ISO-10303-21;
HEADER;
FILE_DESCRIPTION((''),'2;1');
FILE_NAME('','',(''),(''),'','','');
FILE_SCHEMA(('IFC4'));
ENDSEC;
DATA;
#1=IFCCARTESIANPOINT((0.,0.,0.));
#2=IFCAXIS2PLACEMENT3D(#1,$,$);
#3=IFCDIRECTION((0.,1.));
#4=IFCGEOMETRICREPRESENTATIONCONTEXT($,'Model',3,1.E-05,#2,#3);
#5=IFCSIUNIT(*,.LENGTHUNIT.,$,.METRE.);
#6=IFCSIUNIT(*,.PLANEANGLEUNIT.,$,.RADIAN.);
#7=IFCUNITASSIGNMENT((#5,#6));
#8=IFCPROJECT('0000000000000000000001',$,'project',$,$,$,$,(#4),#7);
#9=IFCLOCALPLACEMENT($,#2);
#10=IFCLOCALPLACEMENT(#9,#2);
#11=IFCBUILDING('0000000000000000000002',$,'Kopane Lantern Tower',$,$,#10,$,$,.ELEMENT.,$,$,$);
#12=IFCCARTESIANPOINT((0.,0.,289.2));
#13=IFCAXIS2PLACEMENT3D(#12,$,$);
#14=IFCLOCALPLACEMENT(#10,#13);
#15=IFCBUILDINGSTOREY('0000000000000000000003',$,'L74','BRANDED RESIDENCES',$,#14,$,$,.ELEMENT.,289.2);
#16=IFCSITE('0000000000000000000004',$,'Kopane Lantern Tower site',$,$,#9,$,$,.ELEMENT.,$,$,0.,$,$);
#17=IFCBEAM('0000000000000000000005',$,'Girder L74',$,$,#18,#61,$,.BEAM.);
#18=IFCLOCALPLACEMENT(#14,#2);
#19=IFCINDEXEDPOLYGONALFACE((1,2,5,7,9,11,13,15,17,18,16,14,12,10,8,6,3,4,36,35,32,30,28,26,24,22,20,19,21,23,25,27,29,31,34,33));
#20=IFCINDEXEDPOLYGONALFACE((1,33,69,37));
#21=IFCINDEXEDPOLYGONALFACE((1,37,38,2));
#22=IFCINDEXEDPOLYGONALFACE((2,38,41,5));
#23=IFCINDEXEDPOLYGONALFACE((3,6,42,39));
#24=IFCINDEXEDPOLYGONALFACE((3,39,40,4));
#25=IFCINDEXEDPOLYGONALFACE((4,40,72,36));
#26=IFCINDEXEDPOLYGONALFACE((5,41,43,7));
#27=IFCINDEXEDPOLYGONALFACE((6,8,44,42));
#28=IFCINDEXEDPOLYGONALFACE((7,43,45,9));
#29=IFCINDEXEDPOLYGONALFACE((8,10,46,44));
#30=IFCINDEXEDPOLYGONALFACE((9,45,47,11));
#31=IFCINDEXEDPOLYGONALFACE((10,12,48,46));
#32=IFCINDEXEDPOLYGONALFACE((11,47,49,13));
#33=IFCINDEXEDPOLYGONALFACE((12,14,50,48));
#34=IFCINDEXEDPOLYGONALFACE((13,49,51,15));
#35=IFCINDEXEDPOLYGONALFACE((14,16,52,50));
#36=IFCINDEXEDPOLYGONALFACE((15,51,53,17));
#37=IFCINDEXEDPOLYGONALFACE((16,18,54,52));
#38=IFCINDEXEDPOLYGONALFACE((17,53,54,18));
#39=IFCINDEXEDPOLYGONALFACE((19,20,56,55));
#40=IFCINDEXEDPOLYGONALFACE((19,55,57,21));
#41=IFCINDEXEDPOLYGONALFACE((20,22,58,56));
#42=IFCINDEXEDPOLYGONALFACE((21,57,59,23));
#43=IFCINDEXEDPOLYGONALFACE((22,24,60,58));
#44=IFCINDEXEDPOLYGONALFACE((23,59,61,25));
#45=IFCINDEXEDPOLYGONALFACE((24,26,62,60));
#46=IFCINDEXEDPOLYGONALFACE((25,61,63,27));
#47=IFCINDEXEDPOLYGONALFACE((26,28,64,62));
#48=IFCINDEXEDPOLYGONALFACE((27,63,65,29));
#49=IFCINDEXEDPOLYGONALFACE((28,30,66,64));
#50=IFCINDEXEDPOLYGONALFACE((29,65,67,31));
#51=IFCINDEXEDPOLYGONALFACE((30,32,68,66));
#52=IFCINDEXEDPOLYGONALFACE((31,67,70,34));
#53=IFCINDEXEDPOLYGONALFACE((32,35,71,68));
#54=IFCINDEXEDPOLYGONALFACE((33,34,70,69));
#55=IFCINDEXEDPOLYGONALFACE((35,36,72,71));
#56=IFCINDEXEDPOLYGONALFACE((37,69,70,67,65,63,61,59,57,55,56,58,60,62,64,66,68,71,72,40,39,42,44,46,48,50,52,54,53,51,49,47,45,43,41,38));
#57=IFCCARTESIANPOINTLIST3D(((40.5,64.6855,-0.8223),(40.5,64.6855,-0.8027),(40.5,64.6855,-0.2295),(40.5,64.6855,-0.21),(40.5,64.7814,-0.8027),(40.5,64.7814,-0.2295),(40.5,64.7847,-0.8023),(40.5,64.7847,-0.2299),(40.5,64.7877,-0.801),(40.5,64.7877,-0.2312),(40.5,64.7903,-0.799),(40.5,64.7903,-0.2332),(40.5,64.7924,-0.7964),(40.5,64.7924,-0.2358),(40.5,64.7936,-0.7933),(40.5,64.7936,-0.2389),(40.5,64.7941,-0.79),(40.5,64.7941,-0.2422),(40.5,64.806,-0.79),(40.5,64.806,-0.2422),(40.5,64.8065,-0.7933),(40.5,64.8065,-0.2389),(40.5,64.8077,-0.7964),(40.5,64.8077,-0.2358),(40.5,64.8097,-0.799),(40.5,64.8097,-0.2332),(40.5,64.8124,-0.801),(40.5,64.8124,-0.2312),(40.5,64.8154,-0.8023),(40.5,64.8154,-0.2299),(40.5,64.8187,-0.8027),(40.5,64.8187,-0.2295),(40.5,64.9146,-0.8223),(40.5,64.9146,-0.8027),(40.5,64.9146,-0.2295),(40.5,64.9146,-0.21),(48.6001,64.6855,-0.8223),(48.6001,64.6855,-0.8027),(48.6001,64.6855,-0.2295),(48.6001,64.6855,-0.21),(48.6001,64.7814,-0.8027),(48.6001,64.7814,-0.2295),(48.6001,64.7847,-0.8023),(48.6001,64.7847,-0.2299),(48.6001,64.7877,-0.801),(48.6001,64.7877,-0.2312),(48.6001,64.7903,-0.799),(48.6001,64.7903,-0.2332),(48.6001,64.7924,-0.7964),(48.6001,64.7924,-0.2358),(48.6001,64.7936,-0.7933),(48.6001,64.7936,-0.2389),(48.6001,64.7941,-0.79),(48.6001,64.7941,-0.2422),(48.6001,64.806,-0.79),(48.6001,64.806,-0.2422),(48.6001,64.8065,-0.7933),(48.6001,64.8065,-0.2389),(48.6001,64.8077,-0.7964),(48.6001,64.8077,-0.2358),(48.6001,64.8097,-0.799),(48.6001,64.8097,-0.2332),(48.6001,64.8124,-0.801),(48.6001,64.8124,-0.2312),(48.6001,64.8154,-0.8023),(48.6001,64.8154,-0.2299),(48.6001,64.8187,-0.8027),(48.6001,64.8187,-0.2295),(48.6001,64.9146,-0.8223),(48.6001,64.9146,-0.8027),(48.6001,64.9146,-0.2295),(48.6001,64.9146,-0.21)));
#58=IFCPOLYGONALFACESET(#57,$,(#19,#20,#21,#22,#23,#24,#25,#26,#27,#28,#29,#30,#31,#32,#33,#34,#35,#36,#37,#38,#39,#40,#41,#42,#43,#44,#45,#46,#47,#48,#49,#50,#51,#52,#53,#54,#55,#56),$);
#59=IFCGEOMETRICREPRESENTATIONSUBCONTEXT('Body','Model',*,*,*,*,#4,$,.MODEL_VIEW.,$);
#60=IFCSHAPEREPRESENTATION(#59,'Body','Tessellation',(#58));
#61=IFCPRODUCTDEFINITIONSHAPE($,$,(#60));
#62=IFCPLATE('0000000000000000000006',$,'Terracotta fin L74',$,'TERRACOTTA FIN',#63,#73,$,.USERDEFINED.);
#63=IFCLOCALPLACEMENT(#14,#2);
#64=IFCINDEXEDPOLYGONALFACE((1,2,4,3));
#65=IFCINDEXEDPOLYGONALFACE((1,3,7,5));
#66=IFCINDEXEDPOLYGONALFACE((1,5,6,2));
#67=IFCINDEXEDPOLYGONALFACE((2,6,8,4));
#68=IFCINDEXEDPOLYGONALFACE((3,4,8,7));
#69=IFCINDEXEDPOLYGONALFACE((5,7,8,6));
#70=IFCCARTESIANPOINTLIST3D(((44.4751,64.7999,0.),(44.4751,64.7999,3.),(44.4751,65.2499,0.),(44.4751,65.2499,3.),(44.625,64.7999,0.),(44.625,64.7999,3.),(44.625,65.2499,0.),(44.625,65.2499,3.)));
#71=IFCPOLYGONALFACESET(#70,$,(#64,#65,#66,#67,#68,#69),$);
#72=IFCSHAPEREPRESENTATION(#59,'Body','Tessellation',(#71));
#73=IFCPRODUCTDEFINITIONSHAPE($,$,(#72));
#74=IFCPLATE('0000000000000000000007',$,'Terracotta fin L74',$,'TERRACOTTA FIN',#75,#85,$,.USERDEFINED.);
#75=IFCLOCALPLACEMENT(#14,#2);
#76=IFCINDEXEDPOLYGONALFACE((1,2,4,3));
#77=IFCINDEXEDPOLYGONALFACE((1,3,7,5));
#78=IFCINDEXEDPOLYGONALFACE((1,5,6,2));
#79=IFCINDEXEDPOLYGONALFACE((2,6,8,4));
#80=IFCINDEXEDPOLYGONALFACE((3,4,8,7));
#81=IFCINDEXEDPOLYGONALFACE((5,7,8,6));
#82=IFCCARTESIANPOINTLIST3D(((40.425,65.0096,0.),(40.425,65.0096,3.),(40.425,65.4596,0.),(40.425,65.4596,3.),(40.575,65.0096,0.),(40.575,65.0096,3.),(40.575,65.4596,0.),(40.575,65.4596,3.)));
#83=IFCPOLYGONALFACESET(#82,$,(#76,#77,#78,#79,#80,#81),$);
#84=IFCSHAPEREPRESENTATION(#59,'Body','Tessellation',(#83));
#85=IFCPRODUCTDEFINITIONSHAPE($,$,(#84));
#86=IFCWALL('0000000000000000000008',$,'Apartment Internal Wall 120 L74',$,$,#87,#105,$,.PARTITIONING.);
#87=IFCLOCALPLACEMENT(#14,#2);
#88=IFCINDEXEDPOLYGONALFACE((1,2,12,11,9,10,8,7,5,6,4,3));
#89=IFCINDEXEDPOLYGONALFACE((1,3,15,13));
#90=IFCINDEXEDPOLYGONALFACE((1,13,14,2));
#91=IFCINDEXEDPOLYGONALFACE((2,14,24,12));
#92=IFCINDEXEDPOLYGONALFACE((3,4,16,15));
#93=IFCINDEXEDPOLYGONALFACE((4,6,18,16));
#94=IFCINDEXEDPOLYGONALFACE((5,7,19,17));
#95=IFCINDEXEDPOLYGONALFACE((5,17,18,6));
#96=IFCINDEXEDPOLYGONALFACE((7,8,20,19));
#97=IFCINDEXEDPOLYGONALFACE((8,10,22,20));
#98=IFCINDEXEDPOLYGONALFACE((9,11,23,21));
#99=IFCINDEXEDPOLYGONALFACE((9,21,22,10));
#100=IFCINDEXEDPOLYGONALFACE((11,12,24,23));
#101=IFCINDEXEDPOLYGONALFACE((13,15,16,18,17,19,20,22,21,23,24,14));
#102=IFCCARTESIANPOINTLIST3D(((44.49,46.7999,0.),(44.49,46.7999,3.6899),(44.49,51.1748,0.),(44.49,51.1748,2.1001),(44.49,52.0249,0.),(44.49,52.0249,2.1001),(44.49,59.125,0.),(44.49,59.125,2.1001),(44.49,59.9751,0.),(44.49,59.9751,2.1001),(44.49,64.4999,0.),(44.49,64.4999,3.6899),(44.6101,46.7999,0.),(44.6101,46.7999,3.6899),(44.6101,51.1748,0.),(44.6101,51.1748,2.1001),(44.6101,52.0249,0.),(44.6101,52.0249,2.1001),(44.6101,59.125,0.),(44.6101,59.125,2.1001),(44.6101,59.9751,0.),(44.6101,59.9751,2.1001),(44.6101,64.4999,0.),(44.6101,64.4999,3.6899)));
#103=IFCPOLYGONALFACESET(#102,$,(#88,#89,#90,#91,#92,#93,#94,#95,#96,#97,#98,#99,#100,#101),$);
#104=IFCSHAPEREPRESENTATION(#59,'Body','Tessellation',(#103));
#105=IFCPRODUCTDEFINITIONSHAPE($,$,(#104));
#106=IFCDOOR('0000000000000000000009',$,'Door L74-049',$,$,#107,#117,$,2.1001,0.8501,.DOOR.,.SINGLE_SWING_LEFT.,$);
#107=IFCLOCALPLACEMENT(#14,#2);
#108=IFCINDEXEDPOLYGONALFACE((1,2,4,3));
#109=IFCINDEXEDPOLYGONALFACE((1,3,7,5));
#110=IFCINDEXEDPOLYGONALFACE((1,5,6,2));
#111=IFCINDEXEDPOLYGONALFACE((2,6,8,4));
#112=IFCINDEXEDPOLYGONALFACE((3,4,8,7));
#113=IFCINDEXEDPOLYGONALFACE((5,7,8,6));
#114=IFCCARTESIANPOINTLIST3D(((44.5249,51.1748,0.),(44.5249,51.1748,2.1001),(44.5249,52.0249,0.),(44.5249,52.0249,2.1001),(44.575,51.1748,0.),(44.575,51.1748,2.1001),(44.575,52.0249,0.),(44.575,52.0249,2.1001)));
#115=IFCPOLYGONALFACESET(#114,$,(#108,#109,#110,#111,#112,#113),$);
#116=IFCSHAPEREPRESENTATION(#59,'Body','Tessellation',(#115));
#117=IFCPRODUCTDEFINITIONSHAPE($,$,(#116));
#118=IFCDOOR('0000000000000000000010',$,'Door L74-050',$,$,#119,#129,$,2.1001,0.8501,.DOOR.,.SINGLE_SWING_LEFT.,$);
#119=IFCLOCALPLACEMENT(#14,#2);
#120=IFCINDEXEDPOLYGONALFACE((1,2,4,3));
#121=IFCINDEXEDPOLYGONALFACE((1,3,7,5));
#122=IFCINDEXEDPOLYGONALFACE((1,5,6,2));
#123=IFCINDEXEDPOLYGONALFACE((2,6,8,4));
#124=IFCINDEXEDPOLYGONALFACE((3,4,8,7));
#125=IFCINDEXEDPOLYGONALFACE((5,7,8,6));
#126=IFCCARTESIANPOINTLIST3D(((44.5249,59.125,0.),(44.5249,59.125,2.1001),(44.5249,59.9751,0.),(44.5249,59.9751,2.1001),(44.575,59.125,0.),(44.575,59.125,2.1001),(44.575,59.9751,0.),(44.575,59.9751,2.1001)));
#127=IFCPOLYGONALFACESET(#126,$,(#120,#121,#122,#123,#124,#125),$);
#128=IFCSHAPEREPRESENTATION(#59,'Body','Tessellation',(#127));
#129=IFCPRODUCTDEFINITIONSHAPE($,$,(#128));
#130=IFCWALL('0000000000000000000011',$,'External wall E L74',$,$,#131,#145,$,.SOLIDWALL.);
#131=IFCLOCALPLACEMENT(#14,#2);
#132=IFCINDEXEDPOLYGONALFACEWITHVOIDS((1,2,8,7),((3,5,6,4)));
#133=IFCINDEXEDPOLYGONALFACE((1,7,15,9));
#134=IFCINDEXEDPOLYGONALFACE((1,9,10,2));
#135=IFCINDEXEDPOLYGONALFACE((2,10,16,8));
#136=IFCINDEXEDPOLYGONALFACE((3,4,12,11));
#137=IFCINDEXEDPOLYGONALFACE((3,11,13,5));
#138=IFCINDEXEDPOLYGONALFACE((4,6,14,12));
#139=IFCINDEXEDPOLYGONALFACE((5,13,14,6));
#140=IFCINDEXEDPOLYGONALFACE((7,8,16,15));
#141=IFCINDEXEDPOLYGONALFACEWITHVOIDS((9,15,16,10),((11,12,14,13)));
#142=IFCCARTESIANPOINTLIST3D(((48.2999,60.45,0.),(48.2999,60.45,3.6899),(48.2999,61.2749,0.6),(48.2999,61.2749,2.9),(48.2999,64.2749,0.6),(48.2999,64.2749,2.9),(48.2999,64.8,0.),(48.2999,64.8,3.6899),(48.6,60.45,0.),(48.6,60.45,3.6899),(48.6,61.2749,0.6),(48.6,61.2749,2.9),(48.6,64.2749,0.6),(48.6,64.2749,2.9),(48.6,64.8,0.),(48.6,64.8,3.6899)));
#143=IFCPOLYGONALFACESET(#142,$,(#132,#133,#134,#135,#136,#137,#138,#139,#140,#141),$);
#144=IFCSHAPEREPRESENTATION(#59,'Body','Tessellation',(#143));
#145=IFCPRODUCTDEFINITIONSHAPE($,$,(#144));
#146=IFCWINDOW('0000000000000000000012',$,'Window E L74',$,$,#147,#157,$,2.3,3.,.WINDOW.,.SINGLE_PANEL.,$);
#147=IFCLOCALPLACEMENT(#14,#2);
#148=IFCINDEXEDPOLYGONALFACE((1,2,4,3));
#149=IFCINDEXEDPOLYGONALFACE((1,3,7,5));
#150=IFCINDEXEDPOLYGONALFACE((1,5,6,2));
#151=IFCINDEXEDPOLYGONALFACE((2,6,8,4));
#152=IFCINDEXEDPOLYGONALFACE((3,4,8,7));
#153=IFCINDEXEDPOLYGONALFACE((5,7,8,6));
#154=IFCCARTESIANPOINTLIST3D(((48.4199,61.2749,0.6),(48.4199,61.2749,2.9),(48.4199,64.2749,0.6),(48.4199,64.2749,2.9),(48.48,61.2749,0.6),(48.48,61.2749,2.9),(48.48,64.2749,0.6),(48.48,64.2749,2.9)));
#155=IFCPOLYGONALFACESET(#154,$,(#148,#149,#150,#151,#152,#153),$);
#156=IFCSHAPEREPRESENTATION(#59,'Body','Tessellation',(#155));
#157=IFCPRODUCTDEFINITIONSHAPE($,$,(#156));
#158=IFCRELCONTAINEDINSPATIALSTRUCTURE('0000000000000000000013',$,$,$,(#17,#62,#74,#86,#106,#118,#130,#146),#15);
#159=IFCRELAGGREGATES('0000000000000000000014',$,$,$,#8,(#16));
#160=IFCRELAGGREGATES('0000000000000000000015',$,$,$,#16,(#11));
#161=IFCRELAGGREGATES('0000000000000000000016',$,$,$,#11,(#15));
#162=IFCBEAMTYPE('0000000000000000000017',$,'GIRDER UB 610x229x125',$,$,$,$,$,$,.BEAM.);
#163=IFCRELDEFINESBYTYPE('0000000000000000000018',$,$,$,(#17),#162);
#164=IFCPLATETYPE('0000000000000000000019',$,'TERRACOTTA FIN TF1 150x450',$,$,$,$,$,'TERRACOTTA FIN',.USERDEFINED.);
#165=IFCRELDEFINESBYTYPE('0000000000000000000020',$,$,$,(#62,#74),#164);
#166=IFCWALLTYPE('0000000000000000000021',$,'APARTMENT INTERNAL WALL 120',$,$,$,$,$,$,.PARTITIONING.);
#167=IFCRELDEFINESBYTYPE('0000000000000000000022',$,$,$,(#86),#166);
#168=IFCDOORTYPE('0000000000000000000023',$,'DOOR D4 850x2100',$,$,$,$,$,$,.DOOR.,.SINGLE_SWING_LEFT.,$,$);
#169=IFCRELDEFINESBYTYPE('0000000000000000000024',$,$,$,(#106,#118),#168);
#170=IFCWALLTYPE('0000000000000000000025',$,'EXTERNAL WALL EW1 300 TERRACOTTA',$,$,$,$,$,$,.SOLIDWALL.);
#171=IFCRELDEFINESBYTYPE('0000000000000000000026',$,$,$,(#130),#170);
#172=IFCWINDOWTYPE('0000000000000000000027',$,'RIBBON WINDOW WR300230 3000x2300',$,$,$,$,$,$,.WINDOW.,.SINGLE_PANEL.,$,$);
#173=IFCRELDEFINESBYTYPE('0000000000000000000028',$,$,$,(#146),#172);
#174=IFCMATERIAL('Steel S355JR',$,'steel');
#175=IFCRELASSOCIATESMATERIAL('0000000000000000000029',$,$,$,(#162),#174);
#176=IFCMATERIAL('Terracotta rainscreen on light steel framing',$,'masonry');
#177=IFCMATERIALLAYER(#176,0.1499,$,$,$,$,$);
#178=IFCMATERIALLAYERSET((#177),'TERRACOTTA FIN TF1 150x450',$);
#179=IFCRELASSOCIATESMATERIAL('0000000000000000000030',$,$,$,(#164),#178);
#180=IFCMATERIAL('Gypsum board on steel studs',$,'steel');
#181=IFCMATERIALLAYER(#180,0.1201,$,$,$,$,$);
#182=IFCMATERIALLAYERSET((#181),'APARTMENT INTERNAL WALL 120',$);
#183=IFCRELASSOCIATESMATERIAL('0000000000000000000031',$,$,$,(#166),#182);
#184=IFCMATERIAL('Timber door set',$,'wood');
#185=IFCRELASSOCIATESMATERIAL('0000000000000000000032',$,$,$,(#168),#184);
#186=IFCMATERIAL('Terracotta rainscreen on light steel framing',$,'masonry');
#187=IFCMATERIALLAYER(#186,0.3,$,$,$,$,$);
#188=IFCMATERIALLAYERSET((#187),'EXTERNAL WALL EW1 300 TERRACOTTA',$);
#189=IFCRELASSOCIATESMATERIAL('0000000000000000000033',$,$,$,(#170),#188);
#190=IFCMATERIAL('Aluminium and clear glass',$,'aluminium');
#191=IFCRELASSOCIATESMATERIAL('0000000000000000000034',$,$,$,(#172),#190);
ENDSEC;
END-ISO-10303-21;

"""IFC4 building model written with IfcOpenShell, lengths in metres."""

from ifc_helpers import new_model, si_unit, direction, frame, frame_2d, origin, origin_2d, place, context, subcontext, project, spatial, rectangle, i_section, extrude, material, layer, layer_set, material_profile, profile_set, type_object, element, fill, save


model = new_model("IFC4")

# Units and contexts
model_context = context("Model", 3, precision=1e-05, world=origin(), true_north=direction((0.0, 1.0)))
body_context = subcontext(model_context, "Body", "Model", "MODEL_VIEW")
ifc_project = project(units=[si_unit("LENGTHUNIT", "METRE"), si_unit("PLANEANGLEUNIT", "RADIAN")], contexts=[model_context])

# Site, building, storey
site_placement = place(None, origin())
site = spatial("IfcSite", under=ifc_project, at=site_placement, Name="Kopane Lantern Tower site", CompositionType="ELEMENT", RefElevation=0.0)
building_placement = place(site_placement, origin())
building = spatial("IfcBuilding", under=site, at=building_placement, Name="Kopane Lantern Tower", CompositionType="ELEMENT")
storey_placement = place(building_placement, frame((0.0, 0.0, 289.2)))
storey = spatial("IfcBuildingStorey", under=building, at=storey_placement, Name="L74", Description="BRANDED RESIDENCES", CompositionType="ELEMENT", Elevation=289.2)

# Beam
ifc_material_1 = material(Name="Steel S355JR", Category="steel")
ifc_material_profile = material_profile(ifc_material_1, i_section(OverallWidth=0.229, OverallDepth=0.6123, WebThickness=0.012, FlangeThickness=0.0195, FilletRadius=0.0127, at=origin_2d()), Name="UB 610x229x125")
ifc_profile_set = profile_set([ifc_material_profile], Name="Steel S355JR")
beam_type = type_object("IfcBeamType", Name="GIRDER UB 610x229x125", PredefinedType="BEAM", material=ifc_profile_set)
beam_placement = place(storey_placement, frame((40.5, 64.8, -0.5161), z_axis=(1.0, 0.0, 0.0), x_axis=(0.0, 1.0, 0.0)))
element("IfcBeam", 1, at=beam_placement, inside=storey, type_object=beam_type, Name="Girder L74", PredefinedType="BEAM", context=body_context, shape_type="SweptSolid", body=[
    extrude(i_section(OverallWidth=0.229, OverallDepth=0.6123, WebThickness=0.012, FlangeThickness=0.0195, FilletRadius=0.0127, at=origin_2d()), origin(), (0.0, 0.0, 1.0), 8.1001),
])

# Plates
ifc_material_2 = material(Name="Terracotta rainscreen on light steel framing", Category="masonry")
ifc_layer_1 = layer(ifc_material_2, 0.1499)
ifc_layer_set_1 = layer_set([ifc_layer_1], Name="TERRACOTTA FIN TF1 150x450")
plate_type = type_object("IfcPlateType", Name="TERRACOTTA FIN TF1 150x450", ElementType="TERRACOTTA FIN", PredefinedType="USERDEFINED", material=ifc_layer_set_1)
for number, where, z_axis, x_axis, name in (
    (2, (44.55, 65.0249, 0.0), (0.0, 0.0, 1.0), (-1.0, 0.0, 0.0), "Terracotta fin L74"),
    (3, (40.5, 65.2346, 0.0), (0.0, 0.0, 1.0), (-1.0, 0.0, 0.0), "Terracotta fin L74"),
):
    element("IfcPlate", number, at=place(storey_placement, frame(where, z_axis=z_axis, x_axis=x_axis)), inside=storey, type_object=plate_type, Name=name, ObjectType="TERRACOTTA FIN", PredefinedType="USERDEFINED", context=body_context, shape_type="SweptSolid", body=[
        extrude(rectangle(XDim=0.1499, YDim=0.45, at=origin_2d()), origin(), (0.0, 0.0, 1.0), 3.0),
    ])

# Wall, openings, doors
ifc_material_3 = material(Name="Gypsum board on steel studs", Category="steel")
ifc_layer_2 = layer(ifc_material_3, 0.1201)
ifc_layer_set_2 = layer_set([ifc_layer_2], Name="APARTMENT INTERNAL WALL 120")
wall_type_1 = type_object("IfcWallType", Name="APARTMENT INTERNAL WALL 120", PredefinedType="PARTITIONING", material=ifc_layer_set_2)
wall_1_placement = place(storey_placement, frame((44.55, 64.5, 0.0), z_axis=(0.0, 0.0, 1.0), x_axis=(0.0, -1.0, 0.0)))
wall_1 = element("IfcWall", 4, at=wall_1_placement, inside=storey, type_object=wall_type_1, Name="Apartment Internal Wall 120 L74", PredefinedType="PARTITIONING", context=body_context, shape_type="SweptSolid", body=[
    extrude(rectangle(XDim=17.7, YDim=0.1201, at=frame_2d((8.8501, 0.0))), origin(), (0.0, 0.0, 1.0), 3.6899),
])
opening_1_placement = place(wall_1_placement, frame((12.4751, 0.0, 0.0)))
opening_1 = element("IfcOpeningElement", 5, at=opening_1_placement, cuts=wall_1, PredefinedType="OPENING", context=body_context, shape_type="SweptSolid", body=[
    extrude(rectangle(XDim=0.8501, YDim=2.1001, at=frame_2d((0.425, 1.05))), frame((0.0, 0.0701, 0.0), z_axis=(0.0, -1.0, 0.0), x_axis=(1.0, 0.0, 0.0)), (0.0, 0.0, 1.0), 0.1401),
])
opening_2_placement = place(wall_1_placement, frame((4.5249, 0.0, 0.0)))
opening_2 = element("IfcOpeningElement", 6, at=opening_2_placement, cuts=wall_1, PredefinedType="OPENING", context=body_context, shape_type="SweptSolid", body=[
    extrude(rectangle(XDim=0.8501, YDim=2.1001, at=frame_2d((0.425, 1.05))), frame((0.0, 0.0701, 0.0), z_axis=(0.0, -1.0, 0.0), x_axis=(1.0, 0.0, 0.0)), (0.0, 0.0, 1.0), 0.1401),
])
ifc_material_4 = material(Name="Timber door set", Category="wood")
door_type = type_object("IfcDoorType", Name="DOOR D4 850x2100", OperationType="SINGLE_SWING_LEFT", PredefinedType="DOOR", material=ifc_material_4)
door_1_placement = place(opening_1_placement, origin())
door_1 = element("IfcDoor", 7, at=door_1_placement, inside=storey, type_object=door_type, Name="Door L74-049", OperationType="SINGLE_SWING_LEFT", OverallHeight=2.1001, OverallWidth=0.8501, PredefinedType="DOOR", context=body_context, shape_type="SweptSolid", body=[
    extrude(rectangle(XDim=0.8501, YDim=2.1001, at=frame_2d((0.425, 1.05))), frame((0.0, 0.0249, 0.0), z_axis=(0.0, -1.0, 0.0), x_axis=(1.0, 0.0, 0.0)), (0.0, 0.0, 1.0), 0.05),
])
fill(opening_1, door_1)
door_2_placement = place(opening_2_placement, origin())
door_2 = element("IfcDoor", 8, at=door_2_placement, inside=storey, type_object=door_type, Name="Door L74-050", OperationType="SINGLE_SWING_LEFT", OverallHeight=2.1001, OverallWidth=0.8501, PredefinedType="DOOR", context=body_context, shape_type="SweptSolid", body=[
    extrude(rectangle(XDim=0.8501, YDim=2.1001, at=frame_2d((0.425, 1.05))), frame((0.0, 0.0249, 0.0), z_axis=(0.0, -1.0, 0.0), x_axis=(1.0, 0.0, 0.0)), (0.0, 0.0, 1.0), 0.05),
])
fill(opening_2, door_2)

# Wall, opening, window
ifc_material_5 = material(Name="Terracotta rainscreen on light steel framing", Category="masonry")
ifc_layer_3 = layer(ifc_material_5, 0.3)
ifc_layer_set_3 = layer_set([ifc_layer_3], Name="EXTERNAL WALL EW1 300 TERRACOTTA")
wall_type_2 = type_object("IfcWallType", Name="EXTERNAL WALL EW1 300 TERRACOTTA", PredefinedType="SOLIDWALL", material=ifc_layer_set_3)
wall_2_placement = place(storey_placement, frame((48.45, 60.45, 0.0), z_axis=(0.0, 0.0, 1.0), x_axis=(0.0, 1.0, 0.0)))
wall_2 = element("IfcWall", 9, at=wall_2_placement, inside=storey, type_object=wall_type_2, Name="External wall E L74", PredefinedType="SOLIDWALL", context=body_context, shape_type="SweptSolid", body=[
    extrude(rectangle(XDim=4.3501, YDim=0.3, at=frame_2d((2.175, 0.0))), origin(), (0.0, 0.0, 1.0), 3.6899),
])
opening_3_placement = place(wall_2_placement, frame((0.825, 0.0, 0.6001)))
opening_3 = element("IfcOpeningElement", 10, at=opening_3_placement, cuts=wall_2, PredefinedType="OPENING", context=body_context, shape_type="SweptSolid", body=[
    extrude(rectangle(XDim=3.0, YDim=2.3, at=frame_2d((1.5, 1.1499))), frame((0.0, 0.1599, 0.0), z_axis=(0.0, -1.0, 0.0), x_axis=(1.0, 0.0, 0.0)), (0.0, 0.0, 1.0), 0.3201),
])
ifc_material_6 = material(Name="Aluminium and clear glass", Category="aluminium")
window_type_1 = type_object("IfcWindowType", Name="RIBBON WINDOW WR300230 3000x2300", PartitioningType="SINGLE_PANEL", PredefinedType="WINDOW", material=ifc_material_6)
window_1_placement = place(opening_3_placement, origin())
window_1 = element("IfcWindow", 11, at=window_1_placement, inside=storey, type_object=window_type_1, Name="Window E L74", OverallHeight=2.3, OverallWidth=3.0, PartitioningType="SINGLE_PANEL", PredefinedType="WINDOW", context=body_context, shape_type="SweptSolid", body=[
    extrude(rectangle(XDim=3.0, YDim=2.3, at=frame_2d((1.5, 1.1499))), frame((0.0, 0.03, 0.0), z_axis=(0.0, -1.0, 0.0), x_axis=(1.0, 0.0, 0.0)), (0.0, 0.0, 1.0), 0.0601),
])
fill(opening_3, window_1)

save(model, "model.ifc")
